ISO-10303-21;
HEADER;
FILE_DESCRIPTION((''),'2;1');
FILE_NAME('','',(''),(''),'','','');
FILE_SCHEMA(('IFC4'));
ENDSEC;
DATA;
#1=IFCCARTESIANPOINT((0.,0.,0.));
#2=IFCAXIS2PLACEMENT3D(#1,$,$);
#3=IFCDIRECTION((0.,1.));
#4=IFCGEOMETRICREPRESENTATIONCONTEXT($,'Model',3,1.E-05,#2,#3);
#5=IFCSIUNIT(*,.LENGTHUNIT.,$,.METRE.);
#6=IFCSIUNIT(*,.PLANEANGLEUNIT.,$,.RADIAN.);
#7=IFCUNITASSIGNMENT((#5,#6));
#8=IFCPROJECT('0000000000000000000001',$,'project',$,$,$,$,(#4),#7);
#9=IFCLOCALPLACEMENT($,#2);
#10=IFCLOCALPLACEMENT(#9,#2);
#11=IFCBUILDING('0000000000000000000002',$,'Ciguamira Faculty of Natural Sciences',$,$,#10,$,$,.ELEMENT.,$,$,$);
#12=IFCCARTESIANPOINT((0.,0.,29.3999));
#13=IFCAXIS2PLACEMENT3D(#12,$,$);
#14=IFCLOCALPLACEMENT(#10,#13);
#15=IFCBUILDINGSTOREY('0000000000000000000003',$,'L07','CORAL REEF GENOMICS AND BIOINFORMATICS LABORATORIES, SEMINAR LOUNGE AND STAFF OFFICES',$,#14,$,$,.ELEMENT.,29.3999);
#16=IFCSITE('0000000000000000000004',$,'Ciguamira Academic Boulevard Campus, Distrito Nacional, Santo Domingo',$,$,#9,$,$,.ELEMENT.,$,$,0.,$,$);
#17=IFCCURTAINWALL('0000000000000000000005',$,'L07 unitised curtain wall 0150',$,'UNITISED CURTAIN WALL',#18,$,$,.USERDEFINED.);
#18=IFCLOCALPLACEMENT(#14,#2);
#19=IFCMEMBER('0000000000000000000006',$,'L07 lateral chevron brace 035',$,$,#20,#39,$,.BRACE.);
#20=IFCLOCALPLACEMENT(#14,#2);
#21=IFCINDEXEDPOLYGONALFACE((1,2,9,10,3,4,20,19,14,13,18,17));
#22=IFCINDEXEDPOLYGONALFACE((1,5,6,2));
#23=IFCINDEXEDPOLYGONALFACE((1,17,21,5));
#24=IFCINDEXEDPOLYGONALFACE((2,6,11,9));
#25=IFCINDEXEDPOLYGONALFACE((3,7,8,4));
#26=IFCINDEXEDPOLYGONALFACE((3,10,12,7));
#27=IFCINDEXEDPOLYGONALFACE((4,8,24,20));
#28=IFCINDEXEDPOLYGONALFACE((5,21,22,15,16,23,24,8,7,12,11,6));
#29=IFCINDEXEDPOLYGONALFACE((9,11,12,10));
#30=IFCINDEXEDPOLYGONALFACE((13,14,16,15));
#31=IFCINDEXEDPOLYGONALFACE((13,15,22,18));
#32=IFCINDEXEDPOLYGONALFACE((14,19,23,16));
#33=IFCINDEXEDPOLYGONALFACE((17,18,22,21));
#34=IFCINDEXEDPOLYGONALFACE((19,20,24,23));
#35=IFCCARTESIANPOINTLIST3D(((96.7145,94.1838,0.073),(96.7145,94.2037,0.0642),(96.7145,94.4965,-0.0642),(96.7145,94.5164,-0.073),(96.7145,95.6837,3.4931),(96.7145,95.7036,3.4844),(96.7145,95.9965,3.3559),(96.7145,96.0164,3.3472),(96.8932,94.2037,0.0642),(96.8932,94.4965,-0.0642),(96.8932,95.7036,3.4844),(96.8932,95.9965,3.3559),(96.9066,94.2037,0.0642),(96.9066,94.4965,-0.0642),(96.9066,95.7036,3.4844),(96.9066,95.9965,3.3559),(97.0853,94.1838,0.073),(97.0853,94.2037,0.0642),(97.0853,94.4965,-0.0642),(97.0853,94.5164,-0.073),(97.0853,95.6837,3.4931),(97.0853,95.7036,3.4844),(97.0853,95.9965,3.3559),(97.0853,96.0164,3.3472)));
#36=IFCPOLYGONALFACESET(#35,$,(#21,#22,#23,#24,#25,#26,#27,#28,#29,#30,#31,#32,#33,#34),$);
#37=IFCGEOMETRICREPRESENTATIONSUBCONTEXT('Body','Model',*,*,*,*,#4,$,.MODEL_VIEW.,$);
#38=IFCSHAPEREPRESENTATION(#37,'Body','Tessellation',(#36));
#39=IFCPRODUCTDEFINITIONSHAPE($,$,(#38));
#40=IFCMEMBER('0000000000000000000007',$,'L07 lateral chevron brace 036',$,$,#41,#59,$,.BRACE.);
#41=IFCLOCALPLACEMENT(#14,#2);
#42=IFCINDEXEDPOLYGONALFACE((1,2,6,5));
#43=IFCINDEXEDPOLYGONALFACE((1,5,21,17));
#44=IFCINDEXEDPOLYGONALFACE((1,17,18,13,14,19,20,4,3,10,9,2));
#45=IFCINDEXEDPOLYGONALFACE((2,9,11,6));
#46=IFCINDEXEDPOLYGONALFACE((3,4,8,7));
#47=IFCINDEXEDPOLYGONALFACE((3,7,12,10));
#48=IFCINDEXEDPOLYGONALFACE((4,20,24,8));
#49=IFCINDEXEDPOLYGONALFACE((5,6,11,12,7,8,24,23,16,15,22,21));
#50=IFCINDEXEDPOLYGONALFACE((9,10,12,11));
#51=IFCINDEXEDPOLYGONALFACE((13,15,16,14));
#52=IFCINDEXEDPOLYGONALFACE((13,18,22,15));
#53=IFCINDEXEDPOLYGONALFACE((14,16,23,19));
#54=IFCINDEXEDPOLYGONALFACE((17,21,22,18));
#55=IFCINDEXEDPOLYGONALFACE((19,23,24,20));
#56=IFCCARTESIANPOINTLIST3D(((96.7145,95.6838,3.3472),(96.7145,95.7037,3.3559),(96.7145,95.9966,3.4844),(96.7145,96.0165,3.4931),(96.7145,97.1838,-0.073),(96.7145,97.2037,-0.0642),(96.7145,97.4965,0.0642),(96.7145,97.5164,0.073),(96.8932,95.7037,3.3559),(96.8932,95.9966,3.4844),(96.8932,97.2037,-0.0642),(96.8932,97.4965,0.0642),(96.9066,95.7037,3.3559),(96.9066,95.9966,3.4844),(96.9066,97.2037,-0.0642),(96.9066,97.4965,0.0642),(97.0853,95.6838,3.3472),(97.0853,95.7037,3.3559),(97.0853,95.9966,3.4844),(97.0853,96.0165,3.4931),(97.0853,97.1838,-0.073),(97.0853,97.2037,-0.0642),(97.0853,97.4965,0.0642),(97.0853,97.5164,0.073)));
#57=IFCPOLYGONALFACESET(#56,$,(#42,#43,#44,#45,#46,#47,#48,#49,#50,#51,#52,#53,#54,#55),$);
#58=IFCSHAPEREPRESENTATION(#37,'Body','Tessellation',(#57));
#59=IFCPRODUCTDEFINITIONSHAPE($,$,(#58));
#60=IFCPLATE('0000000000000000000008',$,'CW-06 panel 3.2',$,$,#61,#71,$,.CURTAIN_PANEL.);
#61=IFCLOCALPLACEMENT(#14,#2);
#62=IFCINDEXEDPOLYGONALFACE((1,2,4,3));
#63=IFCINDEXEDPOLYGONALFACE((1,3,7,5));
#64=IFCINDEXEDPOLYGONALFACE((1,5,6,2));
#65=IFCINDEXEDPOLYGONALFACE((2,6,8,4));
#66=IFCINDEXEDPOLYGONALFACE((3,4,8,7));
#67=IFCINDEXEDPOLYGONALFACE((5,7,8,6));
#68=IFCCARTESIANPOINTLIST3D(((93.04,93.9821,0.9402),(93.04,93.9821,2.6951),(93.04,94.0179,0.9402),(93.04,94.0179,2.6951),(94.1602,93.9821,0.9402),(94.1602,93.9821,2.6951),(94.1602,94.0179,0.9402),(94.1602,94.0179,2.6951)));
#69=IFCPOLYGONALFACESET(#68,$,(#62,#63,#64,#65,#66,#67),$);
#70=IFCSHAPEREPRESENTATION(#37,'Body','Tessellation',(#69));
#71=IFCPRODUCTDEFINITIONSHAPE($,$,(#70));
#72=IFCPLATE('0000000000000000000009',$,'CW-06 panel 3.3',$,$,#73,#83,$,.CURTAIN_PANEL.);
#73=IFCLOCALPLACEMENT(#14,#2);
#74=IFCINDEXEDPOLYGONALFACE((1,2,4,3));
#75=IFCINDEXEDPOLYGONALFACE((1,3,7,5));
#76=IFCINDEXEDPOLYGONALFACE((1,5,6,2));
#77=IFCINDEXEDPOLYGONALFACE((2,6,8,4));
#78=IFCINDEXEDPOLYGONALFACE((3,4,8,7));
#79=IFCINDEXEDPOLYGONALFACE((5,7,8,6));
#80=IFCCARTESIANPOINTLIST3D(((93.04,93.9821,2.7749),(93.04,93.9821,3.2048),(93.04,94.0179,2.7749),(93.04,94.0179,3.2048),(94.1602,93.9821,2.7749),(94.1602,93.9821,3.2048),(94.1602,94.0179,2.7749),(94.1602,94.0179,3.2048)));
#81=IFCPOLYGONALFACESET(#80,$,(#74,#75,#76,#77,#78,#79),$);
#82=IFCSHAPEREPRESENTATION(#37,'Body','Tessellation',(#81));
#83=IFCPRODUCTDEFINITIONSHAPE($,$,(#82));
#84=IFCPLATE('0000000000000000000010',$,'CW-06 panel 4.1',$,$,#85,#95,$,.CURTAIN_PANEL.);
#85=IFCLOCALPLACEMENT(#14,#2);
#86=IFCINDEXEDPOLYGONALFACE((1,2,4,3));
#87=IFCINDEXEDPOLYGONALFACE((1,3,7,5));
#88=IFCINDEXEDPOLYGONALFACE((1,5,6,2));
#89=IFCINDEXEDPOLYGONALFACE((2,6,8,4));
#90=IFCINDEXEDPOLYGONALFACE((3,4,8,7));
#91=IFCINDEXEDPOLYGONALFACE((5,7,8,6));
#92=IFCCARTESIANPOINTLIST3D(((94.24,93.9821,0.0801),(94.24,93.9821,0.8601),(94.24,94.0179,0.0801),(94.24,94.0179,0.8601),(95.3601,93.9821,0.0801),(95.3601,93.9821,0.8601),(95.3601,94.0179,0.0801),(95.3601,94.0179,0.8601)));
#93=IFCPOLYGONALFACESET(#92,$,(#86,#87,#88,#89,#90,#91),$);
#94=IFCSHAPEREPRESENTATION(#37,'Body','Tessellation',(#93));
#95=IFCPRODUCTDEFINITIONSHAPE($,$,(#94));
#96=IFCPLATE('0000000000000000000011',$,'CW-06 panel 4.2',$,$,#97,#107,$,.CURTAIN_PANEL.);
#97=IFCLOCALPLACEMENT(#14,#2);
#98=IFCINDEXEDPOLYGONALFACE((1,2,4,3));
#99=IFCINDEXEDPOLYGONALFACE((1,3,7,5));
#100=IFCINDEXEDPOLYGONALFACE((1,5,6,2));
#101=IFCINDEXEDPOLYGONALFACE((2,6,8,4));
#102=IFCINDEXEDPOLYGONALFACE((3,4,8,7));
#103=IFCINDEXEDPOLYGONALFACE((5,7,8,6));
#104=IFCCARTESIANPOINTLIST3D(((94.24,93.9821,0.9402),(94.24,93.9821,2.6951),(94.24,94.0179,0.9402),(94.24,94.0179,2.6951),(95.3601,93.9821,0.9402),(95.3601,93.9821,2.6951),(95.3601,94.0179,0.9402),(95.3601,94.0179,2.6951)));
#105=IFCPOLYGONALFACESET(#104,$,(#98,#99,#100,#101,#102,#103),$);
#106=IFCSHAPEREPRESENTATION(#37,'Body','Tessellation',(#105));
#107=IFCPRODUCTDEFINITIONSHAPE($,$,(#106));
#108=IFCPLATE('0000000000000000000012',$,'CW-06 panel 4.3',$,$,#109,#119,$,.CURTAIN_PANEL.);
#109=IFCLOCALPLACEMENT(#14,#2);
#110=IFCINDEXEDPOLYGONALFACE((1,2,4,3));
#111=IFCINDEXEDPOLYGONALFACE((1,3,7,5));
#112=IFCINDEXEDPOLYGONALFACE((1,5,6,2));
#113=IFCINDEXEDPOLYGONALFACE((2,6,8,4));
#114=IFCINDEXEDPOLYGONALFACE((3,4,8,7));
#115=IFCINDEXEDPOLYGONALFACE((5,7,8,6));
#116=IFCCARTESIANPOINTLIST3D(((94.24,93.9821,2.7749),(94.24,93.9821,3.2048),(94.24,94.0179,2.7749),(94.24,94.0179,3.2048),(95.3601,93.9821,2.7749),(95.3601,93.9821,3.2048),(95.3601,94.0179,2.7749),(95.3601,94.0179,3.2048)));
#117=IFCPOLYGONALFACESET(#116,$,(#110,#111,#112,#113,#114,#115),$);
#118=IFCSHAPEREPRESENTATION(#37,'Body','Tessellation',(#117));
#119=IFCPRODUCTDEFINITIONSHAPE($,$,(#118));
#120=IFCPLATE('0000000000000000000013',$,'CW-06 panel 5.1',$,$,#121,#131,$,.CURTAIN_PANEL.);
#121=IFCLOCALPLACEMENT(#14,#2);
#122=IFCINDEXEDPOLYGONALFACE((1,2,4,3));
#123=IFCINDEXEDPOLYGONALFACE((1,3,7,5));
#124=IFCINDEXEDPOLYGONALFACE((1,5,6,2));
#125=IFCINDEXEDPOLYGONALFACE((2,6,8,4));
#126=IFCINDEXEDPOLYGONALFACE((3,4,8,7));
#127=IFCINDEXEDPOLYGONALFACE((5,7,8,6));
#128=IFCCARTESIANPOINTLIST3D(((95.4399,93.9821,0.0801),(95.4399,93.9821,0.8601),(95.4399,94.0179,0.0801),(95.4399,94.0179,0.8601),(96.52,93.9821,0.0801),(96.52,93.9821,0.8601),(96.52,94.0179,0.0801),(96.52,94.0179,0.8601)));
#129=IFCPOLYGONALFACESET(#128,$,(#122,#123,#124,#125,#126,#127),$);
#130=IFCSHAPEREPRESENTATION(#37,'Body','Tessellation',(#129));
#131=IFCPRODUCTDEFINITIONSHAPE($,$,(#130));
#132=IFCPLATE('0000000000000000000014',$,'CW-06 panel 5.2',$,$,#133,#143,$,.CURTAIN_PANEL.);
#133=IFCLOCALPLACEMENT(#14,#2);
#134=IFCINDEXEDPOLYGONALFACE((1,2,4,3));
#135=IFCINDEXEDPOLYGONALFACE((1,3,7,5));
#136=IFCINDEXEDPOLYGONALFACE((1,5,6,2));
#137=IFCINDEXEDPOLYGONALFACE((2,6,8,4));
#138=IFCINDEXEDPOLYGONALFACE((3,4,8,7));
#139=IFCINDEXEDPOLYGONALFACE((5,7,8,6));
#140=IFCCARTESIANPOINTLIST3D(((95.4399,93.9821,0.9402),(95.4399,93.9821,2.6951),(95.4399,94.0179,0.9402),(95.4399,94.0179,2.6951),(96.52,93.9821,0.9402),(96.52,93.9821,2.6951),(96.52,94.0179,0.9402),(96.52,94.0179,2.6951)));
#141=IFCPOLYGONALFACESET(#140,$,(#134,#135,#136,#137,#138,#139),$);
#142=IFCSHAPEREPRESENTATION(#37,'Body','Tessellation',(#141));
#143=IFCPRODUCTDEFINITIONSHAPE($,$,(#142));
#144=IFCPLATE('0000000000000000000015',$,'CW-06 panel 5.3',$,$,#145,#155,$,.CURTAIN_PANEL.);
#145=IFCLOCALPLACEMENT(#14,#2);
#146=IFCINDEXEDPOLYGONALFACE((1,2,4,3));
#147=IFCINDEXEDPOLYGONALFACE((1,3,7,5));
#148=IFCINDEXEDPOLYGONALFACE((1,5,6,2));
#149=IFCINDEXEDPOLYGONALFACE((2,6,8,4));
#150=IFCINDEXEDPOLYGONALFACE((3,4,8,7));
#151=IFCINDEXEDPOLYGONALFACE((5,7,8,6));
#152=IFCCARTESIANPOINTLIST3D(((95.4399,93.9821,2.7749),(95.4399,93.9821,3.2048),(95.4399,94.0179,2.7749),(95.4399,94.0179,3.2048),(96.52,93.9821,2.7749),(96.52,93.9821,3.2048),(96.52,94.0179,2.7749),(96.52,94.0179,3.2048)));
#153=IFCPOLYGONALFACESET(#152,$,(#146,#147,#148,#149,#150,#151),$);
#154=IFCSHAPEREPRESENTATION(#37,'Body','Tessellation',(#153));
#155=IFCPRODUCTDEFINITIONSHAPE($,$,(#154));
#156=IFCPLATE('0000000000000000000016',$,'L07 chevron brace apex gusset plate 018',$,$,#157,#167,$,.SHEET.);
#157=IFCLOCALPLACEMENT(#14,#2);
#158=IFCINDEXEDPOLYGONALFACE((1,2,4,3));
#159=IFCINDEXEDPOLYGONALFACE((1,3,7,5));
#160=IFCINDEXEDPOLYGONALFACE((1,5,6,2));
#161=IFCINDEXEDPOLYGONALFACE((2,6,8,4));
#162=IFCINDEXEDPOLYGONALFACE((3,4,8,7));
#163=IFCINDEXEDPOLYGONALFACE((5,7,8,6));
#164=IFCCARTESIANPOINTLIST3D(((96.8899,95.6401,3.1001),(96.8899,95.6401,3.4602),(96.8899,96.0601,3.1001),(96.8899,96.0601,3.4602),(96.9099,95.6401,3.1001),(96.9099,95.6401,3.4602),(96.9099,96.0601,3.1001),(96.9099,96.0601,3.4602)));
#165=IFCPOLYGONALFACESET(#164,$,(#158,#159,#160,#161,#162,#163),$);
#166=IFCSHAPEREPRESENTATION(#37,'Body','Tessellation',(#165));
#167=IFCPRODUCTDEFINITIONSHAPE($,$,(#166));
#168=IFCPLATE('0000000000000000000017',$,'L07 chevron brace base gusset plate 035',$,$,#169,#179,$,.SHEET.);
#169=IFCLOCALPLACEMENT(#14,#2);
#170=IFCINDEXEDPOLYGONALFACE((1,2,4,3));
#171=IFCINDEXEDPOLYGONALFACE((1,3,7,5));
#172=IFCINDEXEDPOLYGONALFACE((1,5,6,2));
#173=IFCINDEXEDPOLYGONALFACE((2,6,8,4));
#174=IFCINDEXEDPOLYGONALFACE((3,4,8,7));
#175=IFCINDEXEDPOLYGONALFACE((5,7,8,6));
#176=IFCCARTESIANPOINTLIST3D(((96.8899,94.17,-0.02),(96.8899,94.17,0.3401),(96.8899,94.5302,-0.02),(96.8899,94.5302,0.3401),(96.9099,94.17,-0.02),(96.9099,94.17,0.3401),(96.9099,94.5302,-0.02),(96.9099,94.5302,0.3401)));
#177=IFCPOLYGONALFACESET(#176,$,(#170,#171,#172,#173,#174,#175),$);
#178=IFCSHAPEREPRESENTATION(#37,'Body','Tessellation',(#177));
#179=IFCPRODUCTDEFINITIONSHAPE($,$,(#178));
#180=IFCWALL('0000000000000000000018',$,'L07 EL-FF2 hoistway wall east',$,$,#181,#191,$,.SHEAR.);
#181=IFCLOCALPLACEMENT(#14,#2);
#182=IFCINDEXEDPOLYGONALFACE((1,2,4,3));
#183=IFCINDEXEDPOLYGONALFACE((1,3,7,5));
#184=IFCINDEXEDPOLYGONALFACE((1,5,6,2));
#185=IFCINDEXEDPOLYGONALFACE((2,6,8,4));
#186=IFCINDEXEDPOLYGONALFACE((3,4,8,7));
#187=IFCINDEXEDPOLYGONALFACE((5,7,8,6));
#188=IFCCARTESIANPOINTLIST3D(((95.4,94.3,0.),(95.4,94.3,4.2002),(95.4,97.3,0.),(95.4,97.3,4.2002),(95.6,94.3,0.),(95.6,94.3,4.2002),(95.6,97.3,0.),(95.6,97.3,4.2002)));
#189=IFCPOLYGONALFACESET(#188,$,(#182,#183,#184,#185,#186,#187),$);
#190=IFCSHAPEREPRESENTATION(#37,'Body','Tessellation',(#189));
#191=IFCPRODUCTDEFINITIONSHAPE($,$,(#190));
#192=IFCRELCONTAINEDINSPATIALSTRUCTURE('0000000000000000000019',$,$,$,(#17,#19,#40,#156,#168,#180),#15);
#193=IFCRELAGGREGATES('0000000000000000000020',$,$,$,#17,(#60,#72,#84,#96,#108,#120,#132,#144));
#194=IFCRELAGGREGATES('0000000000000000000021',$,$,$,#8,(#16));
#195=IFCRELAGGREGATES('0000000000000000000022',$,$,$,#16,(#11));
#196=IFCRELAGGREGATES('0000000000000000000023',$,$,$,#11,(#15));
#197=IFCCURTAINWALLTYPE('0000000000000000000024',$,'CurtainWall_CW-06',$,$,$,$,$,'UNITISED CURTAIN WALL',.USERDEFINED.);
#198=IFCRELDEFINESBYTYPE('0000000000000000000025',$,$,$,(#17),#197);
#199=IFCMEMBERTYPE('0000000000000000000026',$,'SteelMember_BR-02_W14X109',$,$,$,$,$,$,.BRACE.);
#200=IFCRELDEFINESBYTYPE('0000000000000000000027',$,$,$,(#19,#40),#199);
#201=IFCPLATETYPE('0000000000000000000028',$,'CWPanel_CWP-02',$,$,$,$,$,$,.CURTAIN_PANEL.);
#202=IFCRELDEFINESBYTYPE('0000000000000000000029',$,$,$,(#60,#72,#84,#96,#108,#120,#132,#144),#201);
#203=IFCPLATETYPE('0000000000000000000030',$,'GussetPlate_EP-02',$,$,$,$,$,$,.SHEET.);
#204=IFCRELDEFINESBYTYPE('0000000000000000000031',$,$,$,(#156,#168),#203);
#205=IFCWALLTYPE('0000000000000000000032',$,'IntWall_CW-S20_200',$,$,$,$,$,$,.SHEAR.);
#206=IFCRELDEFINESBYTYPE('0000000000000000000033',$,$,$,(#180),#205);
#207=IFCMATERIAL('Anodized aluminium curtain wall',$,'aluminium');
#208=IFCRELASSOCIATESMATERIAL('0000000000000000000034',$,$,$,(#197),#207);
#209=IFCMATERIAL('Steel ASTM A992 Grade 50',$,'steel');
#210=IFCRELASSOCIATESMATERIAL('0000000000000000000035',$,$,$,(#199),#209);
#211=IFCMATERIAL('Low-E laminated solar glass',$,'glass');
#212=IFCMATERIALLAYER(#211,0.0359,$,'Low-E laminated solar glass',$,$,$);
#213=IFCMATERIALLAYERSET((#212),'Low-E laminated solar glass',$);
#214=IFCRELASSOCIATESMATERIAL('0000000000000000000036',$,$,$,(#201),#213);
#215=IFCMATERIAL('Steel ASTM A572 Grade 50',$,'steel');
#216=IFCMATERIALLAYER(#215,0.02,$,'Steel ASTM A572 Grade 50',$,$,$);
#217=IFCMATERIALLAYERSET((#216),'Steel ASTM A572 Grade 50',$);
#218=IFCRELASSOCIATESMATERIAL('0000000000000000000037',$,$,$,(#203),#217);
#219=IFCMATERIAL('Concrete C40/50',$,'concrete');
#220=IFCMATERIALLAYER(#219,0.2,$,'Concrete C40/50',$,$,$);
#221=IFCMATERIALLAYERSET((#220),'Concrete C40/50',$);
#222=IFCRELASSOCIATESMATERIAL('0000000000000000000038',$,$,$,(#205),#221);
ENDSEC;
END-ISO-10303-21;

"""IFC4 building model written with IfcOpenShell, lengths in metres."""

from ifc_helpers import new_model, si_unit, direction, frame, frame_2d, origin, origin_2d, place, context, subcontext, project, spatial, rectangle, i_section, extrude, material, layer, layer_set, material_profile, profile_set, type_object, element, aggregate, save


model = new_model("IFC4")

# Units and contexts
model_context = context("Model", 3, precision=1e-05, world=origin(), true_north=direction((0.0, 1.0)))
body_context = subcontext(model_context, "Body", "Model", "MODEL_VIEW")
ifc_project = project(units=[si_unit("LENGTHUNIT", "METRE"), si_unit("PLANEANGLEUNIT", "RADIAN")], contexts=[model_context])

# Site, building, storey
site_placement = place(None, origin())
site = spatial("IfcSite", under=ifc_project, at=site_placement, Name="Ciguamira Academic Boulevard Campus, Distrito Nacional, Santo Domingo", CompositionType="ELEMENT", RefElevation=0.0)
building_placement = place(site_placement, origin())
building = spatial("IfcBuilding", under=site, at=building_placement, Name="Ciguamira Faculty of Natural Sciences", CompositionType="ELEMENT")
storey_placement = place(building_placement, frame((0.0, 0.0, 29.3999)))
storey = spatial("IfcBuildingStorey", under=building, at=storey_placement, Name="L07", Description="CORAL REEF GENOMICS AND BIOINFORMATICS LABORATORIES, SEMINAR LOUNGE AND STAFF OFFICES", CompositionType="ELEMENT", Elevation=29.3999)

# Shared definitions
ifc_material_1 = material(Name="Concrete C40/50", Category="concrete")

# Curtain wall
ifc_material_2 = material(Name="Anodized aluminium curtain wall", Category="aluminium")
curtain_wall_type = type_object("IfcCurtainWallType", Name="CurtainWall_CW-06", ElementType="UNITISED CURTAIN WALL", PredefinedType="USERDEFINED", material=ifc_material_2)
curtain_wall_placement = place(storey_placement, origin())
curtain_wall = element("IfcCurtainWall", 1, at=curtain_wall_placement, inside=storey, type_object=curtain_wall_type, Name="L07 unitised curtain wall 0150", ObjectType="UNITISED CURTAIN WALL", PredefinedType="USERDEFINED")

# Members
ifc_material_3 = material(Name="Steel ASTM A992 Grade 50", Category="steel")
ifc_material_profile_1 = material_profile(ifc_material_3, i_section(OverallWidth=0.3708, OverallDepth=0.3633, WebThickness=0.0134, FlangeThickness=0.0217, at=origin_2d()), Name="W14X109")
ifc_profile_set_1 = profile_set([ifc_material_profile_1], Name="Steel ASTM A992 Grade 50")
member_type_1 = type_object("IfcMemberType", Name="SteelMember_BR-02_W14X109", PredefinedType="BRACE", material=ifc_profile_set_1)
for number, where, z_axis, x_axis, name in (
    (2, (96.8999, 94.3501, 0.0), (0.0, 0.401645, 0.915795), (-1.0, 0.0, 0.0), "L07 lateral chevron brace 035"),
    (3, (96.8999, 97.3501, 0.0), (0.0, -0.401645, 0.915795), (1.0, 0.0, 0.0), "L07 lateral chevron brace 036"),
):
    element("IfcMember", number, at=place(storey_placement, frame(where, z_axis=z_axis, x_axis=x_axis)), inside=storey, type_object=member_type_1, Name=name, PredefinedType="BRACE", context=body_context, shape_type="SweptSolid", body=[
        extrude(i_section(OverallWidth=0.3708, OverallDepth=0.3633, WebThickness=0.0134, FlangeThickness=0.0217, at=origin_2d()), origin(), (0.0, 0.0, 1.0), 3.7346),
    ])

# Plates
ifc_material_4 = material(Name="Low-E laminated solar glass", Category="glass")
ifc_layer_1 = layer(ifc_material_4, 0.0359, Name="Low-E laminated solar glass")
ifc_layer_set_1 = layer_set([ifc_layer_1], Name="Low-E laminated solar glass")
plate_type_1 = type_object("IfcPlateType", Name="CWPanel_CWP-02", PredefinedType="CURTAIN_PANEL", material=ifc_layer_set_1)
plate_1_placement = place(storey_placement, frame((93.6001, 94.0, 0.9402), z_axis=(0.0, 0.0, 1.0), x_axis=(1.0, 0.0, 0.0)))
plate_1 = element("IfcPlate", 4, at=plate_1_placement, type_object=plate_type_1, Name="CW-06 panel 3.2", PredefinedType="CURTAIN_PANEL", context=body_context, shape_type="SweptSolid", body=[
    extrude(rectangle(XDim=1.1201, YDim=0.0359, at=origin_2d()), origin(), (0.0, 0.0, 1.0), 1.7549),
])
plate_2_placement = place(storey_placement, frame((93.6001, 94.0, 2.7749), z_axis=(0.0, 0.0, 1.0), x_axis=(1.0, 0.0, 0.0)))
plate_2 = element("IfcPlate", 5, at=plate_2_placement, type_object=plate_type_1, Name="CW-06 panel 3.3", PredefinedType="CURTAIN_PANEL", context=body_context, shape_type="SweptSolid", body=[
    extrude(rectangle(XDim=1.1201, YDim=0.0359, at=origin_2d()), origin(), (0.0, 0.0, 1.0), 0.4299),
])
plate_3_placement = place(storey_placement, frame((94.8, 94.0, 0.0801), z_axis=(0.0, 0.0, 1.0), x_axis=(1.0, 0.0, 0.0)))
plate_3 = element("IfcPlate", 6, at=plate_3_placement, type_object=plate_type_1, Name="CW-06 panel 4.1", PredefinedType="CURTAIN_PANEL", context=body_context, shape_type="SweptSolid", body=[
    extrude(rectangle(XDim=1.1201, YDim=0.0359, at=origin_2d()), origin(), (0.0, 0.0, 1.0), 0.78),
])
plate_4_placement = place(storey_placement, frame((94.8, 94.0, 0.9402), z_axis=(0.0, 0.0, 1.0), x_axis=(1.0, 0.0, 0.0)))
plate_4 = element("IfcPlate", 7, at=plate_4_placement, type_object=plate_type_1, Name="CW-06 panel 4.2", PredefinedType="CURTAIN_PANEL", context=body_context, shape_type="SweptSolid", body=[
    extrude(rectangle(XDim=1.1201, YDim=0.0359, at=origin_2d()), origin(), (0.0, 0.0, 1.0), 1.7549),
])
plate_5_placement = place(storey_placement, frame((94.8, 94.0, 2.7749), z_axis=(0.0, 0.0, 1.0), x_axis=(1.0, 0.0, 0.0)))
plate_5 = element("IfcPlate", 8, at=plate_5_placement, type_object=plate_type_1, Name="CW-06 panel 4.3", PredefinedType="CURTAIN_PANEL", context=body_context, shape_type="SweptSolid", body=[
    extrude(rectangle(XDim=1.1201, YDim=0.0359, at=origin_2d()), origin(), (0.0, 0.0, 1.0), 0.4299),
])
plate_6_placement = place(storey_placement, frame((95.98, 94.0, 0.0801), z_axis=(0.0, 0.0, 1.0), x_axis=(1.0, 0.0, 0.0)))
plate_6 = element("IfcPlate", 9, at=plate_6_placement, type_object=plate_type_1, Name="CW-06 panel 5.1", PredefinedType="CURTAIN_PANEL", context=body_context, shape_type="SweptSolid", body=[
    extrude(rectangle(XDim=1.0801, YDim=0.0359, at=origin_2d()), origin(), (0.0, 0.0, 1.0), 0.78),
])
plate_7_placement = place(storey_placement, frame((95.98, 94.0, 0.9402), z_axis=(0.0, 0.0, 1.0), x_axis=(1.0, 0.0, 0.0)))
plate_7 = element("IfcPlate", 10, at=plate_7_placement, type_object=plate_type_1, Name="CW-06 panel 5.2", PredefinedType="CURTAIN_PANEL", context=body_context, shape_type="SweptSolid", body=[
    extrude(rectangle(XDim=1.0801, YDim=0.0359, at=origin_2d()), origin(), (0.0, 0.0, 1.0), 1.7549),
])
plate_8_placement = place(storey_placement, frame((95.98, 94.0, 2.7749), z_axis=(0.0, 0.0, 1.0), x_axis=(1.0, 0.0, 0.0)))
plate_8 = element("IfcPlate", 11, at=plate_8_placement, type_object=plate_type_1, Name="CW-06 panel 5.3", PredefinedType="CURTAIN_PANEL", context=body_context, shape_type="SweptSolid", body=[
    extrude(rectangle(XDim=1.0801, YDim=0.0359, at=origin_2d()), origin(), (0.0, 0.0, 1.0), 0.4299),
])
aggregate(curtain_wall, [plate_1, plate_2, plate_3, plate_4, plate_5, plate_6, plate_7, plate_8])

# Plates
ifc_material_5 = material(Name="Steel ASTM A572 Grade 50", Category="steel")
ifc_layer_2 = layer(ifc_material_5, 0.02, Name="Steel ASTM A572 Grade 50")
ifc_layer_set_2 = layer_set([ifc_layer_2], Name="Steel ASTM A572 Grade 50")
plate_type_2 = type_object("IfcPlateType", Name="GussetPlate_EP-02", PredefinedType="SHEET", material=ifc_layer_set_2)
plate_9_placement = place(storey_placement, frame((96.8999, 95.8501, 3.1001), z_axis=(0.0, 0.0, 1.0), x_axis=(1.0, 0.0, 0.0)))
element("IfcPlate", 12, at=plate_9_placement, inside=storey, type_object=plate_type_2, Name="L07 chevron brace apex gusset plate 018", PredefinedType="SHEET", context=body_context, shape_type="SweptSolid", body=[
    extrude(rectangle(XDim=0.02, YDim=0.4199, at=origin_2d()), origin(), (0.0, 0.0, 1.0), 0.3601),
])
plate_10_placement = place(storey_placement, frame((96.8999, 94.3501, -0.02), z_axis=(0.0, 0.0, 1.0), x_axis=(1.0, 0.0, 0.0)))
element("IfcPlate", 13, at=plate_10_placement, inside=storey, type_object=plate_type_2, Name="L07 chevron brace base gusset plate 035", PredefinedType="SHEET", context=body_context, shape_type="SweptSolid", body=[
    extrude(rectangle(XDim=0.02, YDim=0.3601, at=origin_2d()), origin(), (0.0, 0.0, 1.0), 0.3601),
])

# Wall
ifc_layer_3 = layer(ifc_material_1, 0.2, Name="Concrete C40/50")
ifc_layer_set_3 = layer_set([ifc_layer_3], Name="Concrete C40/50")
wall_type_1 = type_object("IfcWallType", Name="IntWall_CW-S20_200", PredefinedType="SHEAR", material=ifc_layer_set_3)
wall_1_placement = place(storey_placement, frame((95.5, 94.3, 0.0), z_axis=(0.0, 0.0, 1.0), x_axis=(0.0, 1.0, 0.0)))
element("IfcWall", 14, at=wall_1_placement, inside=storey, type_object=wall_type_1, Name="L07 EL-FF2 hoistway wall east", PredefinedType="SHEAR", context=body_context, shape_type="SweptSolid", body=[
    extrude(rectangle(XDim=3.0, YDim=0.2, at=frame_2d((1.5, 0.0))), origin(), (0.0, 0.0, 1.0), 4.2002),
])

save(model, "model.ifc")
